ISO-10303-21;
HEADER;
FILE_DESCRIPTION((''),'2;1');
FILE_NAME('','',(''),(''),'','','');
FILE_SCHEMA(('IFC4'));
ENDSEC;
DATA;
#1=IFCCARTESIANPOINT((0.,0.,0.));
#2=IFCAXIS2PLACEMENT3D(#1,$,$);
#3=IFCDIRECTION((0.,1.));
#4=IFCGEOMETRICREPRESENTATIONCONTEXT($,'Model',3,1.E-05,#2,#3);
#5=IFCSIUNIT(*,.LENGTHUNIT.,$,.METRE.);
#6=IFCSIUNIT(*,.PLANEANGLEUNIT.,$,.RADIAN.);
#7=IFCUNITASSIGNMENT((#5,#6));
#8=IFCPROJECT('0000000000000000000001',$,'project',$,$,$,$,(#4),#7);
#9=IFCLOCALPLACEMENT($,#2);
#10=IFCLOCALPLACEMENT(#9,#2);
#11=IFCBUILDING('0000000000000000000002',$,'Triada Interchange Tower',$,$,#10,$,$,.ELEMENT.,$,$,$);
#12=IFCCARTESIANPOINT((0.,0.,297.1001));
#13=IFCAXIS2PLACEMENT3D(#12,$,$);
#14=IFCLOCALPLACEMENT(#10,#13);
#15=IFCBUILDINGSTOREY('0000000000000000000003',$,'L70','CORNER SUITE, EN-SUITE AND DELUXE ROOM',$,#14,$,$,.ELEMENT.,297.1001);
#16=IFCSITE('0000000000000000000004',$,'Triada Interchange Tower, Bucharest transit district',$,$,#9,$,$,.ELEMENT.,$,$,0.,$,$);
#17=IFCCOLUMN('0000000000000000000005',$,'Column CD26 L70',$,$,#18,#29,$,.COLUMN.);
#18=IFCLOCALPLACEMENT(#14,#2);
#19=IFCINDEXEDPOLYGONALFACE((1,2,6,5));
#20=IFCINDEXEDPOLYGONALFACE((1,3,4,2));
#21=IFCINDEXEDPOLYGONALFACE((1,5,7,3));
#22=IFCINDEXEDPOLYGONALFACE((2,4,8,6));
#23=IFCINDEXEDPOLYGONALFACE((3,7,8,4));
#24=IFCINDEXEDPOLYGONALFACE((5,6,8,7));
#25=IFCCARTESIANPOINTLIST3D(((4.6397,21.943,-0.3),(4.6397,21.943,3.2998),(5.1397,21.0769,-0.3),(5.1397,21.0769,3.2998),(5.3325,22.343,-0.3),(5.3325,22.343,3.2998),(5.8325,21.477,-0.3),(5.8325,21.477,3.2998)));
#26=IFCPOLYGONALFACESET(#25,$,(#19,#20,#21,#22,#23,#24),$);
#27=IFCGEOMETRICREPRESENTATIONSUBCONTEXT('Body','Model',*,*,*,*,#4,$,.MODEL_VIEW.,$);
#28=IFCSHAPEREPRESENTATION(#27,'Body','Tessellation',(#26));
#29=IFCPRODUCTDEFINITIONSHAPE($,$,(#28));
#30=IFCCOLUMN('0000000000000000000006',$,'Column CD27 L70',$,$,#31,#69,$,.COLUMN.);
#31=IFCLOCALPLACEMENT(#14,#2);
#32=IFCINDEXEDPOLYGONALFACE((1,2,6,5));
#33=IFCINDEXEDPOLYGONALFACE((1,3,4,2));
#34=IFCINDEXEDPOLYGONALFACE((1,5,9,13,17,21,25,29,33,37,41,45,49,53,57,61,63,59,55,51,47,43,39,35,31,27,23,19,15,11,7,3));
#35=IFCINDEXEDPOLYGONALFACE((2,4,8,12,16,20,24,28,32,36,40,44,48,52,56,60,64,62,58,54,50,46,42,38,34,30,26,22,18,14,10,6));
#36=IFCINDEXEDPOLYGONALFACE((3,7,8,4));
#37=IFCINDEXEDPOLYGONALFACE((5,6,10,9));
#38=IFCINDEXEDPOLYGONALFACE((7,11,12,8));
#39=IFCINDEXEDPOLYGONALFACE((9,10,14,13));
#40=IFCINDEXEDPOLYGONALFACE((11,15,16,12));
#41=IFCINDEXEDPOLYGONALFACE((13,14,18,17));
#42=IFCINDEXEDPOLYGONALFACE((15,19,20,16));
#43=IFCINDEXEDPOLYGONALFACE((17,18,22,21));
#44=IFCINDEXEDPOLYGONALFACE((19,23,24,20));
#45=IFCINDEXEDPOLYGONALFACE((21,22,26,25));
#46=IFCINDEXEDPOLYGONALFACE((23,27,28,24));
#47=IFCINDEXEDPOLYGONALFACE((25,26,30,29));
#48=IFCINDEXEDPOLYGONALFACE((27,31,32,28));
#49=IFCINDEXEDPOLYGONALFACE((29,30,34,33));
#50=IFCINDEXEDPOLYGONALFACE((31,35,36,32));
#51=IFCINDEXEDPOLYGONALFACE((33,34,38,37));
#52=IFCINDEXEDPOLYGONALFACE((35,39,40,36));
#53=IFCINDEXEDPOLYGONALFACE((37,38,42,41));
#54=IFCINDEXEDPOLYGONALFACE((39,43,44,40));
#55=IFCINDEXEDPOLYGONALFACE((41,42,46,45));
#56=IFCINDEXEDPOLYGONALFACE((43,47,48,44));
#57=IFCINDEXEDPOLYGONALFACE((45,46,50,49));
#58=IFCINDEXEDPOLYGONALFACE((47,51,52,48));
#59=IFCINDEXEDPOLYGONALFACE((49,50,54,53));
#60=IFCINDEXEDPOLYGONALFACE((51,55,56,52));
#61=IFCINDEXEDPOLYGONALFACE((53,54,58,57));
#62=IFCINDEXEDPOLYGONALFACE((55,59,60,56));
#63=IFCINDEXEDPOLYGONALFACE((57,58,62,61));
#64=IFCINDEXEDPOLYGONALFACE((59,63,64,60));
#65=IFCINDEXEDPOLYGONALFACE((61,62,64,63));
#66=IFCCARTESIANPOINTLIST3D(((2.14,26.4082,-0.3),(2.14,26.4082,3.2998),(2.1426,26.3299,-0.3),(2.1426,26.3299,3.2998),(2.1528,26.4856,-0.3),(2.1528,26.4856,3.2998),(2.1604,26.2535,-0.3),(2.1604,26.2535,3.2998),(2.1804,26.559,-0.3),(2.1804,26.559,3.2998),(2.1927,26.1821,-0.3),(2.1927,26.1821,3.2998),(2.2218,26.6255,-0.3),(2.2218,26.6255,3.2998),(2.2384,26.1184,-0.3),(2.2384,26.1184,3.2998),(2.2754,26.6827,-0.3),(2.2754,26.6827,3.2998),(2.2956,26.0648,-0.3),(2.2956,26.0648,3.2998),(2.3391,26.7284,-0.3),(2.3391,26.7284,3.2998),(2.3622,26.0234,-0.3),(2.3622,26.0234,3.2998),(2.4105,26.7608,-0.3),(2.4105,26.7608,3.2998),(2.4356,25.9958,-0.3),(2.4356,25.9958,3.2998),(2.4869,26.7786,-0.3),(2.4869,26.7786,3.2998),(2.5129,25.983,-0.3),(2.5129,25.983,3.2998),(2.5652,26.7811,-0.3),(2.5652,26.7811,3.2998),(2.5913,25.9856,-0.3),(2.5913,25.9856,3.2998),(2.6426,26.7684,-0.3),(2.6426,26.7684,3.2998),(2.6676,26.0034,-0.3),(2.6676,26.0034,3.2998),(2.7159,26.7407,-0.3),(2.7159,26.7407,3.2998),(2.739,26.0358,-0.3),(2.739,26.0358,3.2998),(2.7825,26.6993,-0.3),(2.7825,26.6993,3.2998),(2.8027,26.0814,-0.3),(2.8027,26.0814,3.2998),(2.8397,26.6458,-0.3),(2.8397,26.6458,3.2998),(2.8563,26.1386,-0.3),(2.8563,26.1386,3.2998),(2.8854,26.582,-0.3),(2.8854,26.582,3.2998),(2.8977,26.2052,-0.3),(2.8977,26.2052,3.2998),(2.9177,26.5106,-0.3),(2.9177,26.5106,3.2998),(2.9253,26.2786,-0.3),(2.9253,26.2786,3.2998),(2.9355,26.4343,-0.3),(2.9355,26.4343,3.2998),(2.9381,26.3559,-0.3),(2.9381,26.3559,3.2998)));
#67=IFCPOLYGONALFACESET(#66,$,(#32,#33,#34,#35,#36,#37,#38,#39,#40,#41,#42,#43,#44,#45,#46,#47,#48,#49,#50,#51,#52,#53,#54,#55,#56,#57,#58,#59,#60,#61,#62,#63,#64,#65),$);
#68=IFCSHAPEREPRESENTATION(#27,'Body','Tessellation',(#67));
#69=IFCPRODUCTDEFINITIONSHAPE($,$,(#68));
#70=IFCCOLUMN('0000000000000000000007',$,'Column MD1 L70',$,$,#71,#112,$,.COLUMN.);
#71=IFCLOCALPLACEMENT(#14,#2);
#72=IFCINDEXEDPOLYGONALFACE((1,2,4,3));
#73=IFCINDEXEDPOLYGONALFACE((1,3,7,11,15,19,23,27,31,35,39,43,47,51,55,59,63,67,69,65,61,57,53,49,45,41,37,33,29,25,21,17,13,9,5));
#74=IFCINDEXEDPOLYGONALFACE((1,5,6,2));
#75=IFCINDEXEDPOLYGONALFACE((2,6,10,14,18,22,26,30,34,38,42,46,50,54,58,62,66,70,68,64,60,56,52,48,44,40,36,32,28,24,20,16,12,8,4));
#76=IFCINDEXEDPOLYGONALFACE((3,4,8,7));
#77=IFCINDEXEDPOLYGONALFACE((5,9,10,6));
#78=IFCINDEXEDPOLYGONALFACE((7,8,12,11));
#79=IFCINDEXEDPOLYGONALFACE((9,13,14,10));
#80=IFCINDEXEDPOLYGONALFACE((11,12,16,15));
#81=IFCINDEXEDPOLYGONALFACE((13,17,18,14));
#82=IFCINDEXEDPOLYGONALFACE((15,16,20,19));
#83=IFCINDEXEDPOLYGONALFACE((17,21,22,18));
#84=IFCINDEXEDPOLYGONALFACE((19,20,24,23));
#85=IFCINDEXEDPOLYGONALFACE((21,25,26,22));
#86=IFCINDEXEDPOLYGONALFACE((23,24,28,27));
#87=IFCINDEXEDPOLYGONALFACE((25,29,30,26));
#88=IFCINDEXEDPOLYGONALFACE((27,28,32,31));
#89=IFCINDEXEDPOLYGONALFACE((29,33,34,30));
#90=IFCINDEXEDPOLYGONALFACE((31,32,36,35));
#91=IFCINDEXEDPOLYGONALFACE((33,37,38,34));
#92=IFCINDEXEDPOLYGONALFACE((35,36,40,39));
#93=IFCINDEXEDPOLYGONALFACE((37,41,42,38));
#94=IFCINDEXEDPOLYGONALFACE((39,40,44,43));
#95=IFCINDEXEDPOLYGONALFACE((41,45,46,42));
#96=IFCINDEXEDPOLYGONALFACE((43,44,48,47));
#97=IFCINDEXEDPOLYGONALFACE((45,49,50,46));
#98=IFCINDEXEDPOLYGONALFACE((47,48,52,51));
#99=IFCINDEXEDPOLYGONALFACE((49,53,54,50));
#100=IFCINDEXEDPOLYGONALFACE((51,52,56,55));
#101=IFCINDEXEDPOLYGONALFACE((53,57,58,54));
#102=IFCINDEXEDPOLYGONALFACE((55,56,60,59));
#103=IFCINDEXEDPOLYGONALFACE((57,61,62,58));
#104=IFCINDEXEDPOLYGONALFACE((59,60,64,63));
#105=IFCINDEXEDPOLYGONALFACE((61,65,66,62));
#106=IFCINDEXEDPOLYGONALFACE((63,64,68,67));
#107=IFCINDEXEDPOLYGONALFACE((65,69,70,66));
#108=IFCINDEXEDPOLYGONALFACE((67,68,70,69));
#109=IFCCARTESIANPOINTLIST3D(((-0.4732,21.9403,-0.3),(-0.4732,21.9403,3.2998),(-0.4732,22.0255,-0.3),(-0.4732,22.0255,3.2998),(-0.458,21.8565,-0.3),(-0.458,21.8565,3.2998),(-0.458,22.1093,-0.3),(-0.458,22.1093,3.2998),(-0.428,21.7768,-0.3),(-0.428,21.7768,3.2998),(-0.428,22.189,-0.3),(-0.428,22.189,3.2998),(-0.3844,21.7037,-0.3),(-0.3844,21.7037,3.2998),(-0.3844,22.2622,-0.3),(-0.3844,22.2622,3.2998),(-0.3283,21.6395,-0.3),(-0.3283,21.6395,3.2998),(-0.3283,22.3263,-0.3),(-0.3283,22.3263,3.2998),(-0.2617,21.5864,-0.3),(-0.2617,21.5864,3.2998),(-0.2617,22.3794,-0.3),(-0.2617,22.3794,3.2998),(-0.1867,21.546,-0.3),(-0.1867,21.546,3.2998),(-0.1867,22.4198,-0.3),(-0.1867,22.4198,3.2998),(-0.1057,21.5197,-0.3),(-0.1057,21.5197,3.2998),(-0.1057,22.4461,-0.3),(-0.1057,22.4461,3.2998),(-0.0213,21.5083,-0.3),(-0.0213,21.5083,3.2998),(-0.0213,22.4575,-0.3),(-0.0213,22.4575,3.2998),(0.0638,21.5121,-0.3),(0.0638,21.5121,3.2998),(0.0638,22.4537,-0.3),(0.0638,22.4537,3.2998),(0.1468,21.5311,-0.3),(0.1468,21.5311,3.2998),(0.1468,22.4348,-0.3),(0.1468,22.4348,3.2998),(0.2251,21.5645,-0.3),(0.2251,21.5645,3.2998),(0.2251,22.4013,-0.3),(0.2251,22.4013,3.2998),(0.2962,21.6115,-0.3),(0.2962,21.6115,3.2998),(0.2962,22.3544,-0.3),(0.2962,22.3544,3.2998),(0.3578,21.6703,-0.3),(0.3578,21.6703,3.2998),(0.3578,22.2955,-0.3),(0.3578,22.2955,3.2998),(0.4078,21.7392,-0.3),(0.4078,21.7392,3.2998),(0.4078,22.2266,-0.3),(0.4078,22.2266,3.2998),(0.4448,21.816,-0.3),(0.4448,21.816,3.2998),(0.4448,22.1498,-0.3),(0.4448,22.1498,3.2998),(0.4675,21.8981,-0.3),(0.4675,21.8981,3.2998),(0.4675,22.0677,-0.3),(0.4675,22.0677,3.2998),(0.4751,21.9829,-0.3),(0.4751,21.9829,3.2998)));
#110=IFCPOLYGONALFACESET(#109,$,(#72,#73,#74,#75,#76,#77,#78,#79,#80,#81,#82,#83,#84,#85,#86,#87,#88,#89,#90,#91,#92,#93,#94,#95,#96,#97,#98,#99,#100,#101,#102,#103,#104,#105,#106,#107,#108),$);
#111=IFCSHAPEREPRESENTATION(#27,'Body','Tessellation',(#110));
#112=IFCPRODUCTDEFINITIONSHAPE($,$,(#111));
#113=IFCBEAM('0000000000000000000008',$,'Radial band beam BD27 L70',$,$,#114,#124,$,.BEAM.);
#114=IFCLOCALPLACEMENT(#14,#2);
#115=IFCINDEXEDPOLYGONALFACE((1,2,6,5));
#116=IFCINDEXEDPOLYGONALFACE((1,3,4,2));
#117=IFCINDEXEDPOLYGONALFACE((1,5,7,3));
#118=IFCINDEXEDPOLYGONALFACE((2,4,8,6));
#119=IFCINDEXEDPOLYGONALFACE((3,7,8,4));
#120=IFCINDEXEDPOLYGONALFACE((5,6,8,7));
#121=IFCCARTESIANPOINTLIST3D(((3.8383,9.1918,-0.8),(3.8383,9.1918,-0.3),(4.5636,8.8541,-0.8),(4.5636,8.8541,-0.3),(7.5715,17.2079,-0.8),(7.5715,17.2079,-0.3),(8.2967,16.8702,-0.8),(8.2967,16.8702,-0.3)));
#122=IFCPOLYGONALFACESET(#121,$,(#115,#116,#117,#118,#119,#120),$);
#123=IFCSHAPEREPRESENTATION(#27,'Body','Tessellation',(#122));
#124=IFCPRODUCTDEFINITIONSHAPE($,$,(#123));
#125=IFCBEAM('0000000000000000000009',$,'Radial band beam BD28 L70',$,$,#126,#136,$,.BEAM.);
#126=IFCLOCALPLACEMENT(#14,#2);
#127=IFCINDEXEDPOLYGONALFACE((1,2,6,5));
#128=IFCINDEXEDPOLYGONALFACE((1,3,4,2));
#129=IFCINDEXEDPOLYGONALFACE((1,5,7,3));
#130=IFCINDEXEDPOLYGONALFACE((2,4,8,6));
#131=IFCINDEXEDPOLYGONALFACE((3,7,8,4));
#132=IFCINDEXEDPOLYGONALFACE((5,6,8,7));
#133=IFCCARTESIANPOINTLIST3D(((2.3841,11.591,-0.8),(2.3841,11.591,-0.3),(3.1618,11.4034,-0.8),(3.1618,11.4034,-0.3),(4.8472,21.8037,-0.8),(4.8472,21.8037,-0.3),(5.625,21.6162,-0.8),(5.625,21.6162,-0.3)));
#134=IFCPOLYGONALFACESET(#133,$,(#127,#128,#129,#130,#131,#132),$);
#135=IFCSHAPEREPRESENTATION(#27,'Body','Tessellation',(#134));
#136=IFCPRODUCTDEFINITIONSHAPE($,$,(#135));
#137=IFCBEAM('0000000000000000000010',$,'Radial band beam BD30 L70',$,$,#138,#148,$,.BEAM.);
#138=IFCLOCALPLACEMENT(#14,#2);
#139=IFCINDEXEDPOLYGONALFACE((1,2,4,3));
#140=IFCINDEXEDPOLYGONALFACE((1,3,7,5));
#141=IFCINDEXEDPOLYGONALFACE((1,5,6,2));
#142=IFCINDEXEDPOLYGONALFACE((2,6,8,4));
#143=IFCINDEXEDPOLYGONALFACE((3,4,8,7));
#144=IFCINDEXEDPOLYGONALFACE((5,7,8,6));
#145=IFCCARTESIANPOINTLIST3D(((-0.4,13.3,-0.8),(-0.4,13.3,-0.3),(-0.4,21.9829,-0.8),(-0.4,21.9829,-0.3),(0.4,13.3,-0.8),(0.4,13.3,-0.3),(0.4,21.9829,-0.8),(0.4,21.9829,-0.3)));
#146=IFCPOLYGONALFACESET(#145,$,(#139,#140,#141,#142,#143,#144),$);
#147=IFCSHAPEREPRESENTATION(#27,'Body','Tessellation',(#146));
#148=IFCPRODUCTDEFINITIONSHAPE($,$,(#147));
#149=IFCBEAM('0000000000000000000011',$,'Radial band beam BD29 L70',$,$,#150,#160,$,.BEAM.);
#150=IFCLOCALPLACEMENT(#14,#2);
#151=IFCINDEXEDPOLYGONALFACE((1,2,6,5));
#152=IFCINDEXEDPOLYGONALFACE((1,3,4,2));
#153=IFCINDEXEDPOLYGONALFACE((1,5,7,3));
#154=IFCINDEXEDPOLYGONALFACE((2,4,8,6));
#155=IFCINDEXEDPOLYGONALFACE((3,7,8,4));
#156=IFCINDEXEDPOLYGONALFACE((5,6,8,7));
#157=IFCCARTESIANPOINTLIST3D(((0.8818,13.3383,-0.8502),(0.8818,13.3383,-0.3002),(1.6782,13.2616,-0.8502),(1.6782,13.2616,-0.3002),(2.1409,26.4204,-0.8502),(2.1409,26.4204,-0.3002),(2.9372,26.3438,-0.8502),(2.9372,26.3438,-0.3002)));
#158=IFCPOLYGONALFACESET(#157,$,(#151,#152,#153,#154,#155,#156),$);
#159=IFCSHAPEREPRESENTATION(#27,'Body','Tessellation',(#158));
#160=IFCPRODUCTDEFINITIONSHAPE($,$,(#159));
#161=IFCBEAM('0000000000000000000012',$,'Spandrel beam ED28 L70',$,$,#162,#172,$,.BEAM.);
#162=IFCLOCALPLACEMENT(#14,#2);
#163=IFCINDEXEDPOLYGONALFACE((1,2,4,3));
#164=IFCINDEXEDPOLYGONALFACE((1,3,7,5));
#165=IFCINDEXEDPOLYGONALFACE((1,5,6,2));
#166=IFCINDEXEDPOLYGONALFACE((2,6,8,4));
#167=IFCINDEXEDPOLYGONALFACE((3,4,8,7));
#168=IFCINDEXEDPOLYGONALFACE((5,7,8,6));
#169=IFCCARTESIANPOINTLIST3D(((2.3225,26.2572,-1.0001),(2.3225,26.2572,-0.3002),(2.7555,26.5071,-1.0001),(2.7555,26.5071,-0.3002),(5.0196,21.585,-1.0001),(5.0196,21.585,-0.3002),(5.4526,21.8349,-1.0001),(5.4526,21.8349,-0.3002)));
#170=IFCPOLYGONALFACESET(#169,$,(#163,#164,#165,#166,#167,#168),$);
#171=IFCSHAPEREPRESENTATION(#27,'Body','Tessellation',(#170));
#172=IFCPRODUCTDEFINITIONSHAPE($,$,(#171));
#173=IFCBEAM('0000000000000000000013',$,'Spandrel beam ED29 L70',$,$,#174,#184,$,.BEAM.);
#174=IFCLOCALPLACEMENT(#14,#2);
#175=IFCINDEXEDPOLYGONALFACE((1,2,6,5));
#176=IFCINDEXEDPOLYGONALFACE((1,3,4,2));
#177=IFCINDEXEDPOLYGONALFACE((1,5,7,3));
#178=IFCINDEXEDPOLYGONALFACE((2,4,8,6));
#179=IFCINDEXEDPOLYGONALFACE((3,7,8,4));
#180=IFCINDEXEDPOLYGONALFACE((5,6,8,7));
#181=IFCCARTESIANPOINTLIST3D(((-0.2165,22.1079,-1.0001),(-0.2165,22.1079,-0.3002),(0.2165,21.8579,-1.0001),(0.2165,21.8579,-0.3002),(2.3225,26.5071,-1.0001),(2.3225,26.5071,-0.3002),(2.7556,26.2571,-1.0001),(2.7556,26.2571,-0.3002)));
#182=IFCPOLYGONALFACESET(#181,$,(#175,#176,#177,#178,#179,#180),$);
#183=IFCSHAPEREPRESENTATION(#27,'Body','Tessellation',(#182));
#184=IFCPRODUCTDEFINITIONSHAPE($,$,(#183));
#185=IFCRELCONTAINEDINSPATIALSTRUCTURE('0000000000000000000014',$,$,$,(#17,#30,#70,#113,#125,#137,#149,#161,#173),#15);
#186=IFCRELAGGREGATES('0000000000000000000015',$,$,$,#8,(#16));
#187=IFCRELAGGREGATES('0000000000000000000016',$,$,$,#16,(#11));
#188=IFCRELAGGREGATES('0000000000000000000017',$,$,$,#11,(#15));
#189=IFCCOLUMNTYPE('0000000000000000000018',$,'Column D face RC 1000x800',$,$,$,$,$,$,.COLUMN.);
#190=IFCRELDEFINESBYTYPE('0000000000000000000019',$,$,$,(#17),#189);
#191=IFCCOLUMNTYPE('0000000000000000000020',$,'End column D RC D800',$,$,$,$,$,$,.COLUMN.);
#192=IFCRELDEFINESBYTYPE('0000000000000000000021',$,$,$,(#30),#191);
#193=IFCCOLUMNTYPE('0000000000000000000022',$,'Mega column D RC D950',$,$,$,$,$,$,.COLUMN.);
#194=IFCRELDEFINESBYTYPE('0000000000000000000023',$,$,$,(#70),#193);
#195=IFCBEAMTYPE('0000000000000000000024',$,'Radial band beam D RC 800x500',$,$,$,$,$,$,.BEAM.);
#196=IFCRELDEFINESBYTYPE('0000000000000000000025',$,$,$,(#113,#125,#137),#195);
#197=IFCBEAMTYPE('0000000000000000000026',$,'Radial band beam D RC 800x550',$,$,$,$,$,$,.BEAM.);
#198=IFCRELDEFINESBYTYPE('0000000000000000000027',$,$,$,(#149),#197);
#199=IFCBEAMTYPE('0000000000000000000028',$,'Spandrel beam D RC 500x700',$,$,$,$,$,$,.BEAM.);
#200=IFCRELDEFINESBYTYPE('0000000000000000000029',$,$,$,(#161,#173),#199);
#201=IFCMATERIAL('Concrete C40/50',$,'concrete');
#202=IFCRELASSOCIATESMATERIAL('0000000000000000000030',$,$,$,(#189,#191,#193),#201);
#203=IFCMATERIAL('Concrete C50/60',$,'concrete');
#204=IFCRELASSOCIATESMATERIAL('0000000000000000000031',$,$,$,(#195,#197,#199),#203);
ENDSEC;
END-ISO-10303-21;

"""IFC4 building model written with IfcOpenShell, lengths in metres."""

from ifc_helpers import new_model, si_unit, direction, frame, origin, origin_2d, place, context, subcontext, project, spatial, rectangle, circle, extrude, material, material_profile, profile_set, type_object, element, save


model = new_model("IFC4")

# Units and contexts
model_context = context("Model", 3, precision=1e-05, world=origin(), true_north=direction((0.0, 1.0)))
body_context = subcontext(model_context, "Body", "Model", "MODEL_VIEW")
ifc_project = project(units=[si_unit("LENGTHUNIT", "METRE"), si_unit("PLANEANGLEUNIT", "RADIAN")], contexts=[model_context])

# Site, building, storey
site_placement = place(None, origin())
site = spatial("IfcSite", under=ifc_project, at=site_placement, Name="Triada Interchange Tower, Bucharest transit district", CompositionType="ELEMENT", RefElevation=0.0)
building_placement = place(site_placement, origin())
building = spatial("IfcBuilding", under=site, at=building_placement, Name="Triada Interchange Tower", CompositionType="ELEMENT")
storey_placement = place(building_placement, frame((0.0, 0.0, 297.1001)))
storey = spatial("IfcBuildingStorey", under=building, at=storey_placement, Name="L70", Description="CORNER SUITE, EN-SUITE AND DELUXE ROOM", CompositionType="ELEMENT", Elevation=297.1001)

# Columns
ifc_material_1 = material(Name="Concrete C40/50", Category="concrete")
ifc_material_profile_1 = material_profile(ifc_material_1, rectangle(XDim=1.0, YDim=0.8, at=origin_2d()), Name="RC 1000x800")
ifc_profile_set_1 = profile_set([ifc_material_profile_1], Name="Concrete C40/50")
column_type_1 = type_object("IfcColumnType", Name="Column D face RC 1000x800", PredefinedType="COLUMN", material=ifc_profile_set_1)
column_1_placement = place(storey_placement, frame((5.2361, 21.71, -0.3), z_axis=(0.0, 0.0, 1.0), x_axis=(-0.5, 0.866025, 0.0)))
element("IfcColumn", 1, at=column_1_placement, inside=storey, type_object=column_type_1, Name="Column CD26 L70", PredefinedType="COLUMN", context=body_context, shape_type="SweptSolid", body=[
    extrude(rectangle(XDim=1.0, YDim=0.8, at=origin_2d()), origin(), (0.0, 0.0, 1.0), 3.5999),
])
ifc_material_profile_2 = material_profile(ifc_material_1, circle(Radius=0.3999, at=origin_2d()), Name="RC D800")
ifc_profile_set_2 = profile_set([ifc_material_profile_2], Name="Concrete C40/50")
column_type_2 = type_object("IfcColumnType", Name="End column D RC D800", PredefinedType="COLUMN", material=ifc_profile_set_2)
column_2_placement = place(storey_placement, frame((2.5391, 26.3821, -0.3), z_axis=(0.0, 0.0, 1.0), x_axis=(-0.5, 0.866025, 0.0)))
element("IfcColumn", 2, at=column_2_placement, inside=storey, type_object=column_type_2, Name="Column CD27 L70", PredefinedType="COLUMN", context=body_context, shape_type="SweptSolid", body=[
    extrude(circle(Radius=0.3999, at=origin_2d()), origin(), (0.0, 0.0, 1.0), 3.5999),
])
ifc_material_profile_3 = material_profile(ifc_material_1, circle(Radius=0.4751, at=origin_2d()), Name="RC D950")
ifc_profile_set_3 = profile_set([ifc_material_profile_3], Name="Concrete C40/50")
column_type_3 = type_object("IfcColumnType", Name="Mega column D RC D950", PredefinedType="COLUMN", material=ifc_profile_set_3)
column_3_placement = place(storey_placement, frame((0.0, 21.9829, -0.3), z_axis=(0.0, 0.0, 1.0), x_axis=(1.0, 0.0, 0.0)))
element("IfcColumn", 3, at=column_3_placement, inside=storey, type_object=column_type_3, Name="Column MD1 L70", PredefinedType="COLUMN", context=body_context, shape_type="SweptSolid", body=[
    extrude(circle(Radius=0.4751, at=origin_2d()), origin(), (0.0, 0.0, 1.0), 3.5999),
])

# Beams
ifc_material_2 = material(Name="Concrete C50/60", Category="concrete")
ifc_material_profile_4 = material_profile(ifc_material_2, rectangle(XDim=0.8, YDim=0.5, at=origin_2d()), Name="RC 800x500")
ifc_profile_set_4 = profile_set([ifc_material_profile_4], Name="Concrete C50/60")
beam_type_1 = type_object("IfcBeamType", Name="Radial band beam D RC 800x500", PredefinedType="BEAM", material=ifc_profile_set_4)
beam_1_placement = place(storey_placement, frame((7.9341, 17.0391, -0.55), z_axis=(-0.42217, -0.906516, 0.0), x_axis=(0.906516, -0.42217, 0.0)))
element("IfcBeam", 4, at=beam_1_placement, inside=storey, type_object=beam_type_1, Name="Radial band beam BD27 L70", PredefinedType="BEAM", context=body_context, shape_type="SweptSolid", body=[
    extrude(rectangle(XDim=0.8, YDim=0.5, at=origin_2d()), origin(), (0.0, 0.0, 1.0), 8.8428),
])
beam_2_placement = place(storey_placement, frame((5.2361, 21.71, -0.55), z_axis=(-0.234457, -0.972127, 0.0), x_axis=(0.972127, -0.234457, 0.0)))
element("IfcBeam", 5, at=beam_2_placement, inside=storey, type_object=beam_type_1, Name="Radial band beam BD28 L70", PredefinedType="BEAM", context=body_context, shape_type="SweptSolid", body=[
    extrude(rectangle(XDim=0.8, YDim=0.5, at=origin_2d()), origin(), (0.0, 0.0, 1.0), 10.5056),
])
beam_3_placement = place(storey_placement, frame((0.0, 21.9829, -0.55), z_axis=(0.0, -1.0, 0.0), x_axis=(1.0, 0.0, 0.0)))
element("IfcBeam", 6, at=beam_3_placement, inside=storey, type_object=beam_type_1, Name="Radial band beam BD30 L70", PredefinedType="BEAM", context=body_context, shape_type="SweptSolid", body=[
    extrude(rectangle(XDim=0.8, YDim=0.5, at=origin_2d()), origin(), (0.0, 0.0, 1.0), 8.6829),
])
ifc_material_profile_5 = material_profile(ifc_material_2, rectangle(XDim=0.8, YDim=0.55, at=origin_2d()), Name="RC 800x550")
ifc_profile_set_5 = profile_set([ifc_material_profile_5], Name="Concrete C50/60")
beam_type_2 = type_object("IfcBeamType", Name="Radial band beam D RC 800x550", PredefinedType="BEAM", material=ifc_profile_set_5)
beam_4_placement = place(storey_placement, frame((2.5391, 26.3821, -0.5752), z_axis=(-0.095799, -0.995401, 0.0), x_axis=(0.995401, -0.095799, 0.0)))
element("IfcBeam", 7, at=beam_4_placement, inside=storey, type_object=beam_type_2, Name="Radial band beam BD29 L70", PredefinedType="BEAM", context=body_context, shape_type="SweptSolid", body=[
    extrude(rectangle(XDim=0.8, YDim=0.55, at=origin_2d()), origin(), (0.0, 0.0, 1.0), 13.1426),
])
ifc_material_profile_6 = material_profile(ifc_material_2, rectangle(XDim=0.5, YDim=0.7, at=origin_2d()), Name="RC 500x700")
ifc_profile_set_6 = profile_set([ifc_material_profile_6], Name="Concrete C50/60")
beam_type_3 = type_object("IfcBeamType", Name="Spandrel beam D RC 500x700", PredefinedType="BEAM", material=ifc_profile_set_6)
beam_5_placement = place(storey_placement, frame((5.2361, 21.71, -0.6501), z_axis=(-0.499941, 0.86606, 0.0), x_axis=(-0.86606, -0.499941, 0.0)))
element("IfcBeam", 8, at=beam_5_placement, inside=storey, type_object=beam_type_3, Name="Spandrel beam ED28 L70", PredefinedType="BEAM", context=body_context, shape_type="SweptSolid", body=[
    extrude(rectangle(XDim=0.5, YDim=0.7, at=origin_2d()), origin(), (0.0, 0.0, 1.0), 5.3948),
])
for number, where, z_axis, x_axis, name in (
    (9, (2.5391, 26.3821, -0.6501), (-0.499882, -0.866094, 0.0), (0.866094, -0.499882, 0.0), "Spandrel beam ED29 L70"),
):
    element("IfcBeam", number, at=place(storey_placement, frame(where, z_axis=z_axis, x_axis=x_axis)), inside=storey, type_object=beam_type_3, Name=name, PredefinedType="BEAM", context=body_context, shape_type="SweptSolid", body=[
        extrude(rectangle(XDim=0.5, YDim=0.7, at=origin_2d()), origin(), (0.0, 0.0, 1.0), 5.0793),
    ])

save(model, "model.ifc")
